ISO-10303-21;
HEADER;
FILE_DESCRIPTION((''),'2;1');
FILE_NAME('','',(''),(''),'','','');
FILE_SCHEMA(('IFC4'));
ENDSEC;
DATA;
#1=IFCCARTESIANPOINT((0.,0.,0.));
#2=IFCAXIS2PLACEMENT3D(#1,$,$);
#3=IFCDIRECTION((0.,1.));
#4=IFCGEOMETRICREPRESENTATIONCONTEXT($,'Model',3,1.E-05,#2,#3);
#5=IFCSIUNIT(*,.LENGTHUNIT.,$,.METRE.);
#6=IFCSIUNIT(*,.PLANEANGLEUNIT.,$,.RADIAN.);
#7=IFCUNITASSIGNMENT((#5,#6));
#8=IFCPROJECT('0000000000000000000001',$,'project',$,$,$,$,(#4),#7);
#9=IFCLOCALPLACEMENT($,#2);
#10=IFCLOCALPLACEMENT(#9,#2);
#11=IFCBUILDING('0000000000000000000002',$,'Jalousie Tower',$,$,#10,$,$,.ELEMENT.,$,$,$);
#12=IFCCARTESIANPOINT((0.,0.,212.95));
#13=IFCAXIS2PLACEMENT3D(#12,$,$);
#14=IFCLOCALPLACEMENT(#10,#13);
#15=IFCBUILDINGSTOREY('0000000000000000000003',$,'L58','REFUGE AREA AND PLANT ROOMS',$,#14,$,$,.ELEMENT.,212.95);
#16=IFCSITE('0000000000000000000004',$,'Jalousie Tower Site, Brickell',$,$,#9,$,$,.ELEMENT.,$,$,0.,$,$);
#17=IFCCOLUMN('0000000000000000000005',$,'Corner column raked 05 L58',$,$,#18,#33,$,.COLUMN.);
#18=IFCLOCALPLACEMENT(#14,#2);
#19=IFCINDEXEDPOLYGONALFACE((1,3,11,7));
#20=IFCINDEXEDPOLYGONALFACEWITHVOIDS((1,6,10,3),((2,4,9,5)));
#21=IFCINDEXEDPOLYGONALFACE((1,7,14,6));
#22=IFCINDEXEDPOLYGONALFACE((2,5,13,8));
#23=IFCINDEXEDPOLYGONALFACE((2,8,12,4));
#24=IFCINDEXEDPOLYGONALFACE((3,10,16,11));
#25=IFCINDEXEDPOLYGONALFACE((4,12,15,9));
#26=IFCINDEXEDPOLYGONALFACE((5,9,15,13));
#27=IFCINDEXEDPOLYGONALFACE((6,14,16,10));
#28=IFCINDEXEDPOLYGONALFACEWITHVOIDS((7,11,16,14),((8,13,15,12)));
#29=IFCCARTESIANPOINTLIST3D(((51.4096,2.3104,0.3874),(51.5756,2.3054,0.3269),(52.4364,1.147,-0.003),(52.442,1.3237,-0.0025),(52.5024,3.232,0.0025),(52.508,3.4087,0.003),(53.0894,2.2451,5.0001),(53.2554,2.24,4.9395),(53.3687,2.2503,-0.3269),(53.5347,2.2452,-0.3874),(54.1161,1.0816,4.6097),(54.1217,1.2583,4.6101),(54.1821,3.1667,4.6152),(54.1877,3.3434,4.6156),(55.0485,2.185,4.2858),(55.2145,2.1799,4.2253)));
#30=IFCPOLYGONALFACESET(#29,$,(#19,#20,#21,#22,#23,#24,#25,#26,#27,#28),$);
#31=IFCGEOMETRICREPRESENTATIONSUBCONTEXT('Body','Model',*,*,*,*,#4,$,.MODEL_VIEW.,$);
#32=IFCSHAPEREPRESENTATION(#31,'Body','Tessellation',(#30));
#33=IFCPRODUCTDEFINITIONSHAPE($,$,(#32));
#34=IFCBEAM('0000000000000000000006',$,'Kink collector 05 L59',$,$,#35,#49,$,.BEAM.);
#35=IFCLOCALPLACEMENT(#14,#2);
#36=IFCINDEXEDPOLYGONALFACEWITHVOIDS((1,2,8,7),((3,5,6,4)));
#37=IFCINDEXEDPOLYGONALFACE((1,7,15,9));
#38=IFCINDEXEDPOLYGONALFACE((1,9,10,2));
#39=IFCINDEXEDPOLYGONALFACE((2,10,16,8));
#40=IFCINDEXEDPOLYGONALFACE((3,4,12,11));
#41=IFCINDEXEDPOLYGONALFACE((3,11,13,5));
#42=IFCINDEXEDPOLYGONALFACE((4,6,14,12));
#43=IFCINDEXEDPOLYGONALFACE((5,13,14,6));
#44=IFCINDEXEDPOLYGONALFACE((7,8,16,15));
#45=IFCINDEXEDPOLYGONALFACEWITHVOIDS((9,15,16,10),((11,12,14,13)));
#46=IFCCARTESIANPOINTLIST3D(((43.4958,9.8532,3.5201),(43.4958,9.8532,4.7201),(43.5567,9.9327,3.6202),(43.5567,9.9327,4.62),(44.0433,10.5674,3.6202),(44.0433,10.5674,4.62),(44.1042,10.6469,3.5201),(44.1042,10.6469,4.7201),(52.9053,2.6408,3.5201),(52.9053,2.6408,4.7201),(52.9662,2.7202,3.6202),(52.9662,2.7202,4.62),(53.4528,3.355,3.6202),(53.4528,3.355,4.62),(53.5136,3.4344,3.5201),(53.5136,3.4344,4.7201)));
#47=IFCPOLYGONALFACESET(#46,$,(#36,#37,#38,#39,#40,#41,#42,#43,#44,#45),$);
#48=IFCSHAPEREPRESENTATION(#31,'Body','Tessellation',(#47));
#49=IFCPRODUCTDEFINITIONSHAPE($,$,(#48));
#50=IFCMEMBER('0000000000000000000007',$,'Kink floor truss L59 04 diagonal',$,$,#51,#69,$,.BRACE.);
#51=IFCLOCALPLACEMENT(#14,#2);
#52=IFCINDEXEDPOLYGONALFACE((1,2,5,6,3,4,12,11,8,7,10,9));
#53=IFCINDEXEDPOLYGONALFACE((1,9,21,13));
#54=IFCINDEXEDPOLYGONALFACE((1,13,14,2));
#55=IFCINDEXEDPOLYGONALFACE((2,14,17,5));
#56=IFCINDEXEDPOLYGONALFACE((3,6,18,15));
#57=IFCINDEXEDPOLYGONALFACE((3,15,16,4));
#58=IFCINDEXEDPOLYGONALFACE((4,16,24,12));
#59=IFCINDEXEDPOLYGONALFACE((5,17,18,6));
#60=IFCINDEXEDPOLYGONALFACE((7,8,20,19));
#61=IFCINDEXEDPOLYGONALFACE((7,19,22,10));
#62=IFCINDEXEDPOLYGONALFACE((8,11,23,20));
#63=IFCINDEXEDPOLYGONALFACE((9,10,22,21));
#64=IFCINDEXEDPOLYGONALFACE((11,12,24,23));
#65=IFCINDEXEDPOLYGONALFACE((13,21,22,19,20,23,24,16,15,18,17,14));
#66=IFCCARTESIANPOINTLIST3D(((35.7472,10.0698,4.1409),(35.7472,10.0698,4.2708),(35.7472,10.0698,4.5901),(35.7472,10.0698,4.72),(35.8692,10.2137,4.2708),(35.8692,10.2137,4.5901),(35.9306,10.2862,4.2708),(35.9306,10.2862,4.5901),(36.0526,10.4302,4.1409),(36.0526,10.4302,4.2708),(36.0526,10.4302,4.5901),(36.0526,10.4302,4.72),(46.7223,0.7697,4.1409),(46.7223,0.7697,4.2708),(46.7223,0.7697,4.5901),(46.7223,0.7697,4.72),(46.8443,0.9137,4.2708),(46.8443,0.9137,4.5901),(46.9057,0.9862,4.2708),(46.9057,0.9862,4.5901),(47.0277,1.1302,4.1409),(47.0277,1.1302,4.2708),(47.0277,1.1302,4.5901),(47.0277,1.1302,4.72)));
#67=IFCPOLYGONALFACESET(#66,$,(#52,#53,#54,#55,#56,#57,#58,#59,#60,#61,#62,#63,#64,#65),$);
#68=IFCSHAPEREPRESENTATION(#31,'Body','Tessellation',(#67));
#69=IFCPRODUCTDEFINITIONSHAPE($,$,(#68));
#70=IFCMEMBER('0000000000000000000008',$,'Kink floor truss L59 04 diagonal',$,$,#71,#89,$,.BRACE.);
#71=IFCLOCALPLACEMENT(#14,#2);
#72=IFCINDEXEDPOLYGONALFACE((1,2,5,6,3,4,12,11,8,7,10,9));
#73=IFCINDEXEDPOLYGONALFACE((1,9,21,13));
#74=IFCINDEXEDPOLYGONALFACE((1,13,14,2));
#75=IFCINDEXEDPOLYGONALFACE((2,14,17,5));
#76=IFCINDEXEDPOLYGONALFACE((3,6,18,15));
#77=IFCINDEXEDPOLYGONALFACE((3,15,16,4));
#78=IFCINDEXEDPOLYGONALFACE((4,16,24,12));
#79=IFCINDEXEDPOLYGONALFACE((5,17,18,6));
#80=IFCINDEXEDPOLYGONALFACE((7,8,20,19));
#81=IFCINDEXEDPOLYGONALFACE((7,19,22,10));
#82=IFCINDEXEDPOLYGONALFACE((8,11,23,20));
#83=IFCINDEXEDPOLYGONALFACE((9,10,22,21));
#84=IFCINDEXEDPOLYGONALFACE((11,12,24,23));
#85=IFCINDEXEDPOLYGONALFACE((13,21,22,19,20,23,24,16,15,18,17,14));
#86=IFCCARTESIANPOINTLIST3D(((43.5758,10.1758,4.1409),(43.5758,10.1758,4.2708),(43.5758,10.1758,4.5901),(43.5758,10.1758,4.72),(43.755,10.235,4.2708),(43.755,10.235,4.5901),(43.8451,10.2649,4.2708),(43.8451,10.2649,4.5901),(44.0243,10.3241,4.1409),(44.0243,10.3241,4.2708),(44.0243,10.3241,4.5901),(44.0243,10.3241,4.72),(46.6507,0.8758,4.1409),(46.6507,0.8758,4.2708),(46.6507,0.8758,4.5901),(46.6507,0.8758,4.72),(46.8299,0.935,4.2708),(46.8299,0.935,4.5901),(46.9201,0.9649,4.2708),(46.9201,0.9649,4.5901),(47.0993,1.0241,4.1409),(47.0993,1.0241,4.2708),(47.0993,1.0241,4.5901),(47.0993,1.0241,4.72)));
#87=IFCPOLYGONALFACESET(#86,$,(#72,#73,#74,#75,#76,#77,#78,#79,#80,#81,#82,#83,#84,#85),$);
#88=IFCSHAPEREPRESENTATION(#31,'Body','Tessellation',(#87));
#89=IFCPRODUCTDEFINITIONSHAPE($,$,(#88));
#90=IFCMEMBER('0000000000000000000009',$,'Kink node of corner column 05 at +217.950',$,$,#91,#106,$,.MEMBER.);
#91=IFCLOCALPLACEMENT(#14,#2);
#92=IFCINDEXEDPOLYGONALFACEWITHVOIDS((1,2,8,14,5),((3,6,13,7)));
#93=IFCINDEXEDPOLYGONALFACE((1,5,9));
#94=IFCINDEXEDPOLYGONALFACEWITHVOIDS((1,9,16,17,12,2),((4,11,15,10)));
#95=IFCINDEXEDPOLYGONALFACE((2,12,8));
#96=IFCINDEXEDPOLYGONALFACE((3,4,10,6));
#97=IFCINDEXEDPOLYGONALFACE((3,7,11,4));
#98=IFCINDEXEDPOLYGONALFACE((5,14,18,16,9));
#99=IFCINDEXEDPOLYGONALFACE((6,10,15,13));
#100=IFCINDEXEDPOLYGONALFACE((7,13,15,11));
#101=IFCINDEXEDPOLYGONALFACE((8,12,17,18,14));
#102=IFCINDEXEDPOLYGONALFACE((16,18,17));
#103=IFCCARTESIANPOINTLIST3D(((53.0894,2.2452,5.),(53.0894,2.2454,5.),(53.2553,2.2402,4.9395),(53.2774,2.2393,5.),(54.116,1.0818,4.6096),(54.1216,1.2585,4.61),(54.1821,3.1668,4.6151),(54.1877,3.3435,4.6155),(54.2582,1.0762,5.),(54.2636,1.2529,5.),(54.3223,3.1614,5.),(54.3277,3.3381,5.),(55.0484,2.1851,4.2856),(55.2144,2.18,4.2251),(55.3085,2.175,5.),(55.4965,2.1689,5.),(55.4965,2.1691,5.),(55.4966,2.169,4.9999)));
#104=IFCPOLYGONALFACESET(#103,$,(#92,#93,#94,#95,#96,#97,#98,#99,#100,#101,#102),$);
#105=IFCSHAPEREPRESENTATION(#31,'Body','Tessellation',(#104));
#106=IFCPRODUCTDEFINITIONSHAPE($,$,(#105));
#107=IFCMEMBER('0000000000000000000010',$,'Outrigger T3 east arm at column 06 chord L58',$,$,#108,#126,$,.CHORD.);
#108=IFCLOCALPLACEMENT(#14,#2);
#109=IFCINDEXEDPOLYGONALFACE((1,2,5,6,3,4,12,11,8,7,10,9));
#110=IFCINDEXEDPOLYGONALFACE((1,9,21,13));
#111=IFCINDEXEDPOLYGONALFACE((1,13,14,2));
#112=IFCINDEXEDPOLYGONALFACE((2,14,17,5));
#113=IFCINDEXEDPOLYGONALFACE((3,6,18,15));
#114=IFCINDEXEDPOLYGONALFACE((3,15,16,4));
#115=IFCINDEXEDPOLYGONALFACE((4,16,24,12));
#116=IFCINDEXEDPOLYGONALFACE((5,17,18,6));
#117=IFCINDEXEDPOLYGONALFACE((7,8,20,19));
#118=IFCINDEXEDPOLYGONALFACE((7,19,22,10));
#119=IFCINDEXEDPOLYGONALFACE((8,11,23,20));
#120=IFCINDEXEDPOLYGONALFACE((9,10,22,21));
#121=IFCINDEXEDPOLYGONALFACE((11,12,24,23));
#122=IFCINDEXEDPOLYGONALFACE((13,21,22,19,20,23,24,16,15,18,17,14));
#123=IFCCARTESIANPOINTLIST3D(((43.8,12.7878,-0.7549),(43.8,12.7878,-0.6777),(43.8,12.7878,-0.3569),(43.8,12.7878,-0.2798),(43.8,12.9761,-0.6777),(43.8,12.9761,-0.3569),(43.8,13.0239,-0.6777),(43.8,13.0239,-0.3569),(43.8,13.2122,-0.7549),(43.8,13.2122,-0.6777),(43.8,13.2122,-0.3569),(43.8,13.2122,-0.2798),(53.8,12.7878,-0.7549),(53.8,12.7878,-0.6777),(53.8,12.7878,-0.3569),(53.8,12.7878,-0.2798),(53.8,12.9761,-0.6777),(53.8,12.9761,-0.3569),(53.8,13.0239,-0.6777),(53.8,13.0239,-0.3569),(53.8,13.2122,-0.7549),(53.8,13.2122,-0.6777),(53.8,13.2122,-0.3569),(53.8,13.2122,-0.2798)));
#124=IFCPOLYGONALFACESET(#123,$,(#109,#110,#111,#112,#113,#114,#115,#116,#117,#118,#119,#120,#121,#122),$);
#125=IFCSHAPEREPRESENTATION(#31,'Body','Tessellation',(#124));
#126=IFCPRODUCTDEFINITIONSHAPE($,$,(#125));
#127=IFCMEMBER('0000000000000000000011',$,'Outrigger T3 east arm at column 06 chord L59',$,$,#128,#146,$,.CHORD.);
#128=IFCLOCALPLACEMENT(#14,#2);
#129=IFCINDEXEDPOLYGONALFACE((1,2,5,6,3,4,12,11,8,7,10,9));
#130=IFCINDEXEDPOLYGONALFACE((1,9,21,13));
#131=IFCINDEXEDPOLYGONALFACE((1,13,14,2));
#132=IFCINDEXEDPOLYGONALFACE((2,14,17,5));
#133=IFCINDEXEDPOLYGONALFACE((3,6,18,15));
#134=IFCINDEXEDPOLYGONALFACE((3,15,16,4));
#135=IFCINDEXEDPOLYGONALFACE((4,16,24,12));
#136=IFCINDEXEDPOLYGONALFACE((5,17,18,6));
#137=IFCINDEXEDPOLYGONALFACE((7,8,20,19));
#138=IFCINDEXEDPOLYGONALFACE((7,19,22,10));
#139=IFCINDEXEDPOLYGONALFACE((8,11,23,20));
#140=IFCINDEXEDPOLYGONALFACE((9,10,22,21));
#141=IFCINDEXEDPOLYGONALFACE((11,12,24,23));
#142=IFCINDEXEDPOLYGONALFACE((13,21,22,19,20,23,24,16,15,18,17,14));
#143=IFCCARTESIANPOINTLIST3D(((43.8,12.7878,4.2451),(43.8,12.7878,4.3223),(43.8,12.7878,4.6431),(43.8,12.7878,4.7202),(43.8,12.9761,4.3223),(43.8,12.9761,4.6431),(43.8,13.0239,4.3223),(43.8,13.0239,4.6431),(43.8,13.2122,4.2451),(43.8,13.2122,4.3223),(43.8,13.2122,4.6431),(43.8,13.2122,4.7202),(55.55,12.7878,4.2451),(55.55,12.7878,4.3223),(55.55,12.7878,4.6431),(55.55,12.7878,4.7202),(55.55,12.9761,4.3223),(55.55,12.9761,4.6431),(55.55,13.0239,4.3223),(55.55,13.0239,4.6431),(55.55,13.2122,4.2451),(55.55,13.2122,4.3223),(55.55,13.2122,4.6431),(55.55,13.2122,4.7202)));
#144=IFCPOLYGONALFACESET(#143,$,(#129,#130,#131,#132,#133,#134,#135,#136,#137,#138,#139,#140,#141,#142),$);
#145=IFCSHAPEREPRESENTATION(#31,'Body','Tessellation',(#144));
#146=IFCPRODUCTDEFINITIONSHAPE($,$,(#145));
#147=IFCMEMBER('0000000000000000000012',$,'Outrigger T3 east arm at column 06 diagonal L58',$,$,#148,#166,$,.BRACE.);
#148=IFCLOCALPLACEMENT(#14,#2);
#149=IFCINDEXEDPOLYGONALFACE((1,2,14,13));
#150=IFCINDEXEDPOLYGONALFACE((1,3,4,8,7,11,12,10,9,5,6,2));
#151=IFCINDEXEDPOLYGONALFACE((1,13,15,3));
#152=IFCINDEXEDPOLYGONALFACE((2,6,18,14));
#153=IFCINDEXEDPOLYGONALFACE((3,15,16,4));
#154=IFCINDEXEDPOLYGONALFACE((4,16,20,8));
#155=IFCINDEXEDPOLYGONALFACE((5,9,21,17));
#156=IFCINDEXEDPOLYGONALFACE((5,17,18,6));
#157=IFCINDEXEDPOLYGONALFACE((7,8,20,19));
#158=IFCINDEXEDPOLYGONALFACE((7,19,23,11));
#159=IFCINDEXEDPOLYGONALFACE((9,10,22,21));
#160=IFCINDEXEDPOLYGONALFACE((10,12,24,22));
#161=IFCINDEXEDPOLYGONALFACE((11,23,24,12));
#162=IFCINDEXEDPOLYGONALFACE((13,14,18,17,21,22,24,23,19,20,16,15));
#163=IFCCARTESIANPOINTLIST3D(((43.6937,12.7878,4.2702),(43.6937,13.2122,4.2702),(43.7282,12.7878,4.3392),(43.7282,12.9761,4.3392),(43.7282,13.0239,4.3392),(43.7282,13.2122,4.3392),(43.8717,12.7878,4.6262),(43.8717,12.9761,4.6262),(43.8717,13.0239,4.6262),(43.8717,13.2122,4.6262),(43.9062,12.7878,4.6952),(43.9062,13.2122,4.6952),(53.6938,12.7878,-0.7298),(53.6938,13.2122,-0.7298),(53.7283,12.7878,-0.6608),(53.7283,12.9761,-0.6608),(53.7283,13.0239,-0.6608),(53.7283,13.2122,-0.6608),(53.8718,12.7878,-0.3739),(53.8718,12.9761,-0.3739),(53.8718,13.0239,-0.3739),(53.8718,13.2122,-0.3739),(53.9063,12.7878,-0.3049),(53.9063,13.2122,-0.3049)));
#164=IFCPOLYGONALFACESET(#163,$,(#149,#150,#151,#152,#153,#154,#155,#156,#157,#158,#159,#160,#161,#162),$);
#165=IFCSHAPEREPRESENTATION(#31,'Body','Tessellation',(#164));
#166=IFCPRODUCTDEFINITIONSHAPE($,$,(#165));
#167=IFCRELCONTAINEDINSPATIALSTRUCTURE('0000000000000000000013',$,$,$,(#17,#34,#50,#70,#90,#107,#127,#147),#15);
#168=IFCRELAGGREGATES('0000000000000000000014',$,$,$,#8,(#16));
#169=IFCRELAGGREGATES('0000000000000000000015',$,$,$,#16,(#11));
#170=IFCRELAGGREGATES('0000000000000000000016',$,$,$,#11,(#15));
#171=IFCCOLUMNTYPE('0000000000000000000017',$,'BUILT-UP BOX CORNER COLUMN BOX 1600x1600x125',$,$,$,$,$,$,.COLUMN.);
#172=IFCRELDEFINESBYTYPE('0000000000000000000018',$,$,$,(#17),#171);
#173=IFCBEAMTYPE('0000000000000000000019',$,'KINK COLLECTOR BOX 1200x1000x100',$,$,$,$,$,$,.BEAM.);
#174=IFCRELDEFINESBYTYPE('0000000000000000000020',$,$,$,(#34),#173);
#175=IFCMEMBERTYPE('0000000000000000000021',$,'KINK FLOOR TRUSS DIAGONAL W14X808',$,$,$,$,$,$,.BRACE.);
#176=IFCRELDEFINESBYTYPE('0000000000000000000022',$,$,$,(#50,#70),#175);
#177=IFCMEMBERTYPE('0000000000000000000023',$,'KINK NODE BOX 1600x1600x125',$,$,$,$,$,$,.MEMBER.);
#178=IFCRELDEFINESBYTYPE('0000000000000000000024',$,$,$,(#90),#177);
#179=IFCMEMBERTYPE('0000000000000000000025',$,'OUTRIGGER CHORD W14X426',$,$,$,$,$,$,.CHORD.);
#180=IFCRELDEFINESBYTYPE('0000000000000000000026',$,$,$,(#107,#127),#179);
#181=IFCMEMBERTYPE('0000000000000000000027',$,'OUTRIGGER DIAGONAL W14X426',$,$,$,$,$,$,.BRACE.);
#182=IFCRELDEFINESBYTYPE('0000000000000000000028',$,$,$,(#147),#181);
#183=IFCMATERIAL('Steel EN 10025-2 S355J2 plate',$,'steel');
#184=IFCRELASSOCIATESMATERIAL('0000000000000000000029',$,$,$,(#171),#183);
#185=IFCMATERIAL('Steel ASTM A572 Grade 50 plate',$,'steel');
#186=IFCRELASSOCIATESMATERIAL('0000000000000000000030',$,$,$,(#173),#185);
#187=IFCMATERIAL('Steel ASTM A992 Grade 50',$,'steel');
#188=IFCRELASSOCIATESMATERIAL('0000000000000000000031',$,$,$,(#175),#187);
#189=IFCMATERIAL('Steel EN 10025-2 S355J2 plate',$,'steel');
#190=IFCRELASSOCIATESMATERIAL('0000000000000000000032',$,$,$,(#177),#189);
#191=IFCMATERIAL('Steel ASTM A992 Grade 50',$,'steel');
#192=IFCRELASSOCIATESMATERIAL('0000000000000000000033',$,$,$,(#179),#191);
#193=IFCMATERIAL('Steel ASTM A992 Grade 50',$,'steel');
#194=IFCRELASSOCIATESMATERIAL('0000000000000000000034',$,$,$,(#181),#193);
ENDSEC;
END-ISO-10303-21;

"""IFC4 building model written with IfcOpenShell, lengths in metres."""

from ifc_helpers import new_model, si_unit, direction, frame, origin, origin_2d, place, context, subcontext, project, spatial, hollow_rectangle, i_section, extrude, clip, halfspace, material, material_profile, profile_set, type_object, element, save


model = new_model("IFC4")

# Units and contexts
model_context = context("Model", 3, precision=1e-05, world=origin(), true_north=direction((0.0, 1.0)))
body_context = subcontext(model_context, "Body", "Model", "MODEL_VIEW")
ifc_project = project(units=[si_unit("LENGTHUNIT", "METRE"), si_unit("PLANEANGLEUNIT", "RADIAN")], contexts=[model_context])

# Site, building, storey
site_placement = place(None, origin())
site = spatial("IfcSite", under=ifc_project, at=site_placement, Name="Jalousie Tower Site, Brickell", CompositionType="ELEMENT", RefElevation=0.0)
building_placement = place(site_placement, origin())
building = spatial("IfcBuilding", under=site, at=building_placement, Name="Jalousie Tower", CompositionType="ELEMENT")
storey_placement = place(building_placement, frame((0.0, 0.0, 212.95)))
storey = spatial("IfcBuildingStorey", under=building, at=storey_placement, Name="L58", Description="REFUGE AREA AND PLANT ROOMS", CompositionType="ELEMENT", Elevation=212.95)

# Column
ifc_material_1 = material(Name="Steel EN 10025-2 S355J2 plate", Category="steel")
ifc_material_profile_1 = material_profile(ifc_material_1, hollow_rectangle(XDim=1.6001, YDim=1.6001, WallThickness=0.125, at=origin_2d()), Name="BOX 1600x1600x125")
ifc_profile_set_1 = profile_set([ifc_material_profile_1], Name="Steel EN 10025-2 S355J2 plate")
column_type = type_object("IfcColumnType", Name="BUILT-UP BOX CORNER COLUMN BOX 1600x1600x125", PredefinedType="COLUMN", material=ifc_profile_set_1)
column_placement = place(storey_placement, frame((52.4722, 2.2778, 0.0), z_axis=(0.342147, -0.013304, 0.939552), x_axis=(-0.64168, 0.727135, 0.243971)))
element("IfcColumn", 1, at=column_placement, inside=storey, type_object=column_type, Name="Corner column raked 05 L58", PredefinedType="COLUMN", context=body_context, shape_type="SweptSolid", body=[
    extrude(hollow_rectangle(XDim=1.6001, YDim=1.6001, WallThickness=0.125, at=origin_2d()), origin(), (0.0, 0.0, 1.0), 4.9094),
])

# Beam
ifc_material_2 = material(Name="Steel ASTM A572 Grade 50 plate", Category="steel")
ifc_material_profile_2 = material_profile(ifc_material_2, hollow_rectangle(XDim=1.0, YDim=1.2, WallThickness=0.1001, at=origin_2d()), Name="BOX 1200x1000x100")
ifc_profile_set_2 = profile_set([ifc_material_profile_2], Name="Steel ASTM A572 Grade 50 plate")
beam_type_1 = type_object("IfcBeamType", Name="KINK COLLECTOR BOX 1200x1000x100", PredefinedType="BEAM", material=ifc_profile_set_2)
beam_1_placement = place(storey_placement, frame((53.2095, 3.0376, 4.1201), z_axis=(-0.793667, 0.608352, 0.0), x_axis=(-0.608352, -0.793667, 0.0)))
element("IfcBeam", 2, at=beam_1_placement, inside=storey, type_object=beam_type_1, Name="Kink collector 05 L59", PredefinedType="BEAM", context=body_context, shape_type="SweptSolid", body=[
    extrude(hollow_rectangle(XDim=1.0, YDim=1.2, WallThickness=0.1001, at=origin_2d()), origin(), (0.0, 0.0, 1.0), 11.8557),
])

# Members
ifc_material_3 = material(Name="Steel ASTM A992 Grade 50", Category="steel")
ifc_material_profile_3 = material_profile(ifc_material_3, i_section(OverallWidth=0.4724, OverallDepth=0.5791, WebThickness=0.095, FlangeThickness=0.1299, at=origin_2d()), Name="W14X808")
ifc_profile_set_3 = profile_set([ifc_material_profile_3], Name="Steel ASTM A992 Grade 50")
member_type_1 = type_object("IfcMemberType", Name="KINK FLOOR TRUSS DIAGONAL W14X808", PredefinedType="BRACE", material=ifc_profile_set_3)
member_1_placement = place(storey_placement, frame((46.875, 0.95, 4.4304), z_axis=(-0.762926, 0.646486, 0.0), x_axis=(-0.646486, -0.762926, 0.0)))
element("IfcMember", 3, at=member_1_placement, inside=storey, type_object=member_type_1, Name="Kink floor truss L59 04 diagonal", PredefinedType="BRACE", context=body_context, shape_type="SweptSolid", body=[
    extrude(i_section(OverallWidth=0.4724, OverallDepth=0.5791, WebThickness=0.095, FlangeThickness=0.1299, at=origin_2d()), origin(), (0.0, 0.0, 1.0), 14.3855),
])
member_2_placement = place(storey_placement, frame((46.875, 0.95, 4.4304), z_axis=(-0.313924, 0.949448, 0.0), x_axis=(-0.949448, -0.313924, 0.0)))
element("IfcMember", 4, at=member_2_placement, inside=storey, type_object=member_type_1, Name="Kink floor truss L59 04 diagonal", PredefinedType="BRACE", context=body_context, shape_type="SweptSolid", body=[
    extrude(i_section(OverallWidth=0.4724, OverallDepth=0.5791, WebThickness=0.095, FlangeThickness=0.1299, at=origin_2d()), origin(), (0.0, 0.0, 1.0), 9.7952),
])
ifc_material_4 = material(Name="Steel EN 10025-2 S355J2 plate", Category="steel")
ifc_material_profile_4 = material_profile(ifc_material_4, hollow_rectangle(XDim=1.6001, YDim=1.6001, WallThickness=0.125, at=origin_2d()), Name="BOX 1600x1600x125")
ifc_profile_set_4 = profile_set([ifc_material_profile_4], Name="Steel EN 10025-2 S355J2 plate")
member_type_2 = type_object("IfcMemberType", Name="KINK NODE BOX 1600x1600x125", PredefinedType="MEMBER", material=ifc_profile_set_4)
member_3_placement = place(storey_placement, frame((54.1519, 2.2126, 4.6125), z_axis=(0.342188, -0.01332, 0.939537), x_axis=(-0.641638, 0.727162, 0.244)))
element("IfcMember", 5, at=member_3_placement, inside=storey, type_object=member_type_2, Name="Kink node of corner column 05 at +217.950", PredefinedType="MEMBER", context=body_context, shape_type="Clipping", body=[
    clip(extrude(hollow_rectangle(XDim=1.6001, YDim=1.6001, WallThickness=0.125, at=origin_2d()), origin(), (0.0, 0.0, 1.0), 0.8247), halfspace(frame((0.0, 0.0, 0.4124), z_axis=(0.244, 0.240279, 0.939537)), False)),
])
ifc_material_5 = material(Name="Steel ASTM A992 Grade 50", Category="steel")
ifc_material_profile_5 = material_profile(ifc_material_5, i_section(OverallWidth=0.4243, OverallDepth=0.4751, WebThickness=0.0479, FlangeThickness=0.0771, at=origin_2d()), Name="W14X426")
ifc_profile_set_5 = profile_set([ifc_material_profile_5], Name="Steel ASTM A992 Grade 50")
member_type_3 = type_object("IfcMemberType", Name="OUTRIGGER CHORD W14X426", PredefinedType="CHORD", material=ifc_profile_set_5)
member_4_placement = place(storey_placement, frame((53.8, 13.0, -0.5173), z_axis=(-1.0, 0.0, 0.0), x_axis=(0.0, -1.0, 0.0)))
element("IfcMember", 6, at=member_4_placement, inside=storey, type_object=member_type_3, Name="Outrigger T3 east arm at column 06 chord L58", PredefinedType="CHORD", context=body_context, shape_type="SweptSolid", body=[
    extrude(i_section(OverallWidth=0.4243, OverallDepth=0.4751, WebThickness=0.0479, FlangeThickness=0.0771, at=origin_2d()), origin(), (0.0, 0.0, 1.0), 10.0),
])
member_5_placement = place(storey_placement, frame((55.55, 13.0, 4.4827), z_axis=(-1.0, 0.0, 0.0), x_axis=(0.0, -1.0, 0.0)))
element("IfcMember", 7, at=member_5_placement, inside=storey, type_object=member_type_3, Name="Outrigger T3 east arm at column 06 chord L59", PredefinedType="CHORD", context=body_context, shape_type="SweptSolid", body=[
    extrude(i_section(OverallWidth=0.4243, OverallDepth=0.4751, WebThickness=0.0479, FlangeThickness=0.0771, at=origin_2d()), origin(), (0.0, 0.0, 1.0), 11.75),
])
ifc_material_6 = material(Name="Steel ASTM A992 Grade 50", Category="steel")
ifc_material_profile_6 = material_profile(ifc_material_6, i_section(OverallWidth=0.4243, OverallDepth=0.4751, WebThickness=0.0479, FlangeThickness=0.0771, at=origin_2d()), Name="W14X426")
ifc_profile_set_6 = profile_set([ifc_material_profile_6], Name="Steel ASTM A992 Grade 50")
member_type_4 = type_object("IfcMemberType", Name="OUTRIGGER DIAGONAL W14X426", PredefinedType="BRACE", material=ifc_profile_set_6)
member_6_placement = place(storey_placement, frame((53.8, 13.0, -0.5173), z_axis=(-0.894427, 0.0, 0.447214), x_axis=(0.0, -1.0, 0.0)))
element("IfcMember", 8, at=member_6_placement, inside=storey, type_object=member_type_4, Name="Outrigger T3 east arm at column 06 diagonal L58", PredefinedType="BRACE", context=body_context, shape_type="SweptSolid", body=[
    extrude(i_section(OverallWidth=0.4243, OverallDepth=0.4751, WebThickness=0.0479, FlangeThickness=0.0771, at=origin_2d()), origin(), (0.0, 0.0, 1.0), 11.1804),
])

save(model, "model.ifc")
